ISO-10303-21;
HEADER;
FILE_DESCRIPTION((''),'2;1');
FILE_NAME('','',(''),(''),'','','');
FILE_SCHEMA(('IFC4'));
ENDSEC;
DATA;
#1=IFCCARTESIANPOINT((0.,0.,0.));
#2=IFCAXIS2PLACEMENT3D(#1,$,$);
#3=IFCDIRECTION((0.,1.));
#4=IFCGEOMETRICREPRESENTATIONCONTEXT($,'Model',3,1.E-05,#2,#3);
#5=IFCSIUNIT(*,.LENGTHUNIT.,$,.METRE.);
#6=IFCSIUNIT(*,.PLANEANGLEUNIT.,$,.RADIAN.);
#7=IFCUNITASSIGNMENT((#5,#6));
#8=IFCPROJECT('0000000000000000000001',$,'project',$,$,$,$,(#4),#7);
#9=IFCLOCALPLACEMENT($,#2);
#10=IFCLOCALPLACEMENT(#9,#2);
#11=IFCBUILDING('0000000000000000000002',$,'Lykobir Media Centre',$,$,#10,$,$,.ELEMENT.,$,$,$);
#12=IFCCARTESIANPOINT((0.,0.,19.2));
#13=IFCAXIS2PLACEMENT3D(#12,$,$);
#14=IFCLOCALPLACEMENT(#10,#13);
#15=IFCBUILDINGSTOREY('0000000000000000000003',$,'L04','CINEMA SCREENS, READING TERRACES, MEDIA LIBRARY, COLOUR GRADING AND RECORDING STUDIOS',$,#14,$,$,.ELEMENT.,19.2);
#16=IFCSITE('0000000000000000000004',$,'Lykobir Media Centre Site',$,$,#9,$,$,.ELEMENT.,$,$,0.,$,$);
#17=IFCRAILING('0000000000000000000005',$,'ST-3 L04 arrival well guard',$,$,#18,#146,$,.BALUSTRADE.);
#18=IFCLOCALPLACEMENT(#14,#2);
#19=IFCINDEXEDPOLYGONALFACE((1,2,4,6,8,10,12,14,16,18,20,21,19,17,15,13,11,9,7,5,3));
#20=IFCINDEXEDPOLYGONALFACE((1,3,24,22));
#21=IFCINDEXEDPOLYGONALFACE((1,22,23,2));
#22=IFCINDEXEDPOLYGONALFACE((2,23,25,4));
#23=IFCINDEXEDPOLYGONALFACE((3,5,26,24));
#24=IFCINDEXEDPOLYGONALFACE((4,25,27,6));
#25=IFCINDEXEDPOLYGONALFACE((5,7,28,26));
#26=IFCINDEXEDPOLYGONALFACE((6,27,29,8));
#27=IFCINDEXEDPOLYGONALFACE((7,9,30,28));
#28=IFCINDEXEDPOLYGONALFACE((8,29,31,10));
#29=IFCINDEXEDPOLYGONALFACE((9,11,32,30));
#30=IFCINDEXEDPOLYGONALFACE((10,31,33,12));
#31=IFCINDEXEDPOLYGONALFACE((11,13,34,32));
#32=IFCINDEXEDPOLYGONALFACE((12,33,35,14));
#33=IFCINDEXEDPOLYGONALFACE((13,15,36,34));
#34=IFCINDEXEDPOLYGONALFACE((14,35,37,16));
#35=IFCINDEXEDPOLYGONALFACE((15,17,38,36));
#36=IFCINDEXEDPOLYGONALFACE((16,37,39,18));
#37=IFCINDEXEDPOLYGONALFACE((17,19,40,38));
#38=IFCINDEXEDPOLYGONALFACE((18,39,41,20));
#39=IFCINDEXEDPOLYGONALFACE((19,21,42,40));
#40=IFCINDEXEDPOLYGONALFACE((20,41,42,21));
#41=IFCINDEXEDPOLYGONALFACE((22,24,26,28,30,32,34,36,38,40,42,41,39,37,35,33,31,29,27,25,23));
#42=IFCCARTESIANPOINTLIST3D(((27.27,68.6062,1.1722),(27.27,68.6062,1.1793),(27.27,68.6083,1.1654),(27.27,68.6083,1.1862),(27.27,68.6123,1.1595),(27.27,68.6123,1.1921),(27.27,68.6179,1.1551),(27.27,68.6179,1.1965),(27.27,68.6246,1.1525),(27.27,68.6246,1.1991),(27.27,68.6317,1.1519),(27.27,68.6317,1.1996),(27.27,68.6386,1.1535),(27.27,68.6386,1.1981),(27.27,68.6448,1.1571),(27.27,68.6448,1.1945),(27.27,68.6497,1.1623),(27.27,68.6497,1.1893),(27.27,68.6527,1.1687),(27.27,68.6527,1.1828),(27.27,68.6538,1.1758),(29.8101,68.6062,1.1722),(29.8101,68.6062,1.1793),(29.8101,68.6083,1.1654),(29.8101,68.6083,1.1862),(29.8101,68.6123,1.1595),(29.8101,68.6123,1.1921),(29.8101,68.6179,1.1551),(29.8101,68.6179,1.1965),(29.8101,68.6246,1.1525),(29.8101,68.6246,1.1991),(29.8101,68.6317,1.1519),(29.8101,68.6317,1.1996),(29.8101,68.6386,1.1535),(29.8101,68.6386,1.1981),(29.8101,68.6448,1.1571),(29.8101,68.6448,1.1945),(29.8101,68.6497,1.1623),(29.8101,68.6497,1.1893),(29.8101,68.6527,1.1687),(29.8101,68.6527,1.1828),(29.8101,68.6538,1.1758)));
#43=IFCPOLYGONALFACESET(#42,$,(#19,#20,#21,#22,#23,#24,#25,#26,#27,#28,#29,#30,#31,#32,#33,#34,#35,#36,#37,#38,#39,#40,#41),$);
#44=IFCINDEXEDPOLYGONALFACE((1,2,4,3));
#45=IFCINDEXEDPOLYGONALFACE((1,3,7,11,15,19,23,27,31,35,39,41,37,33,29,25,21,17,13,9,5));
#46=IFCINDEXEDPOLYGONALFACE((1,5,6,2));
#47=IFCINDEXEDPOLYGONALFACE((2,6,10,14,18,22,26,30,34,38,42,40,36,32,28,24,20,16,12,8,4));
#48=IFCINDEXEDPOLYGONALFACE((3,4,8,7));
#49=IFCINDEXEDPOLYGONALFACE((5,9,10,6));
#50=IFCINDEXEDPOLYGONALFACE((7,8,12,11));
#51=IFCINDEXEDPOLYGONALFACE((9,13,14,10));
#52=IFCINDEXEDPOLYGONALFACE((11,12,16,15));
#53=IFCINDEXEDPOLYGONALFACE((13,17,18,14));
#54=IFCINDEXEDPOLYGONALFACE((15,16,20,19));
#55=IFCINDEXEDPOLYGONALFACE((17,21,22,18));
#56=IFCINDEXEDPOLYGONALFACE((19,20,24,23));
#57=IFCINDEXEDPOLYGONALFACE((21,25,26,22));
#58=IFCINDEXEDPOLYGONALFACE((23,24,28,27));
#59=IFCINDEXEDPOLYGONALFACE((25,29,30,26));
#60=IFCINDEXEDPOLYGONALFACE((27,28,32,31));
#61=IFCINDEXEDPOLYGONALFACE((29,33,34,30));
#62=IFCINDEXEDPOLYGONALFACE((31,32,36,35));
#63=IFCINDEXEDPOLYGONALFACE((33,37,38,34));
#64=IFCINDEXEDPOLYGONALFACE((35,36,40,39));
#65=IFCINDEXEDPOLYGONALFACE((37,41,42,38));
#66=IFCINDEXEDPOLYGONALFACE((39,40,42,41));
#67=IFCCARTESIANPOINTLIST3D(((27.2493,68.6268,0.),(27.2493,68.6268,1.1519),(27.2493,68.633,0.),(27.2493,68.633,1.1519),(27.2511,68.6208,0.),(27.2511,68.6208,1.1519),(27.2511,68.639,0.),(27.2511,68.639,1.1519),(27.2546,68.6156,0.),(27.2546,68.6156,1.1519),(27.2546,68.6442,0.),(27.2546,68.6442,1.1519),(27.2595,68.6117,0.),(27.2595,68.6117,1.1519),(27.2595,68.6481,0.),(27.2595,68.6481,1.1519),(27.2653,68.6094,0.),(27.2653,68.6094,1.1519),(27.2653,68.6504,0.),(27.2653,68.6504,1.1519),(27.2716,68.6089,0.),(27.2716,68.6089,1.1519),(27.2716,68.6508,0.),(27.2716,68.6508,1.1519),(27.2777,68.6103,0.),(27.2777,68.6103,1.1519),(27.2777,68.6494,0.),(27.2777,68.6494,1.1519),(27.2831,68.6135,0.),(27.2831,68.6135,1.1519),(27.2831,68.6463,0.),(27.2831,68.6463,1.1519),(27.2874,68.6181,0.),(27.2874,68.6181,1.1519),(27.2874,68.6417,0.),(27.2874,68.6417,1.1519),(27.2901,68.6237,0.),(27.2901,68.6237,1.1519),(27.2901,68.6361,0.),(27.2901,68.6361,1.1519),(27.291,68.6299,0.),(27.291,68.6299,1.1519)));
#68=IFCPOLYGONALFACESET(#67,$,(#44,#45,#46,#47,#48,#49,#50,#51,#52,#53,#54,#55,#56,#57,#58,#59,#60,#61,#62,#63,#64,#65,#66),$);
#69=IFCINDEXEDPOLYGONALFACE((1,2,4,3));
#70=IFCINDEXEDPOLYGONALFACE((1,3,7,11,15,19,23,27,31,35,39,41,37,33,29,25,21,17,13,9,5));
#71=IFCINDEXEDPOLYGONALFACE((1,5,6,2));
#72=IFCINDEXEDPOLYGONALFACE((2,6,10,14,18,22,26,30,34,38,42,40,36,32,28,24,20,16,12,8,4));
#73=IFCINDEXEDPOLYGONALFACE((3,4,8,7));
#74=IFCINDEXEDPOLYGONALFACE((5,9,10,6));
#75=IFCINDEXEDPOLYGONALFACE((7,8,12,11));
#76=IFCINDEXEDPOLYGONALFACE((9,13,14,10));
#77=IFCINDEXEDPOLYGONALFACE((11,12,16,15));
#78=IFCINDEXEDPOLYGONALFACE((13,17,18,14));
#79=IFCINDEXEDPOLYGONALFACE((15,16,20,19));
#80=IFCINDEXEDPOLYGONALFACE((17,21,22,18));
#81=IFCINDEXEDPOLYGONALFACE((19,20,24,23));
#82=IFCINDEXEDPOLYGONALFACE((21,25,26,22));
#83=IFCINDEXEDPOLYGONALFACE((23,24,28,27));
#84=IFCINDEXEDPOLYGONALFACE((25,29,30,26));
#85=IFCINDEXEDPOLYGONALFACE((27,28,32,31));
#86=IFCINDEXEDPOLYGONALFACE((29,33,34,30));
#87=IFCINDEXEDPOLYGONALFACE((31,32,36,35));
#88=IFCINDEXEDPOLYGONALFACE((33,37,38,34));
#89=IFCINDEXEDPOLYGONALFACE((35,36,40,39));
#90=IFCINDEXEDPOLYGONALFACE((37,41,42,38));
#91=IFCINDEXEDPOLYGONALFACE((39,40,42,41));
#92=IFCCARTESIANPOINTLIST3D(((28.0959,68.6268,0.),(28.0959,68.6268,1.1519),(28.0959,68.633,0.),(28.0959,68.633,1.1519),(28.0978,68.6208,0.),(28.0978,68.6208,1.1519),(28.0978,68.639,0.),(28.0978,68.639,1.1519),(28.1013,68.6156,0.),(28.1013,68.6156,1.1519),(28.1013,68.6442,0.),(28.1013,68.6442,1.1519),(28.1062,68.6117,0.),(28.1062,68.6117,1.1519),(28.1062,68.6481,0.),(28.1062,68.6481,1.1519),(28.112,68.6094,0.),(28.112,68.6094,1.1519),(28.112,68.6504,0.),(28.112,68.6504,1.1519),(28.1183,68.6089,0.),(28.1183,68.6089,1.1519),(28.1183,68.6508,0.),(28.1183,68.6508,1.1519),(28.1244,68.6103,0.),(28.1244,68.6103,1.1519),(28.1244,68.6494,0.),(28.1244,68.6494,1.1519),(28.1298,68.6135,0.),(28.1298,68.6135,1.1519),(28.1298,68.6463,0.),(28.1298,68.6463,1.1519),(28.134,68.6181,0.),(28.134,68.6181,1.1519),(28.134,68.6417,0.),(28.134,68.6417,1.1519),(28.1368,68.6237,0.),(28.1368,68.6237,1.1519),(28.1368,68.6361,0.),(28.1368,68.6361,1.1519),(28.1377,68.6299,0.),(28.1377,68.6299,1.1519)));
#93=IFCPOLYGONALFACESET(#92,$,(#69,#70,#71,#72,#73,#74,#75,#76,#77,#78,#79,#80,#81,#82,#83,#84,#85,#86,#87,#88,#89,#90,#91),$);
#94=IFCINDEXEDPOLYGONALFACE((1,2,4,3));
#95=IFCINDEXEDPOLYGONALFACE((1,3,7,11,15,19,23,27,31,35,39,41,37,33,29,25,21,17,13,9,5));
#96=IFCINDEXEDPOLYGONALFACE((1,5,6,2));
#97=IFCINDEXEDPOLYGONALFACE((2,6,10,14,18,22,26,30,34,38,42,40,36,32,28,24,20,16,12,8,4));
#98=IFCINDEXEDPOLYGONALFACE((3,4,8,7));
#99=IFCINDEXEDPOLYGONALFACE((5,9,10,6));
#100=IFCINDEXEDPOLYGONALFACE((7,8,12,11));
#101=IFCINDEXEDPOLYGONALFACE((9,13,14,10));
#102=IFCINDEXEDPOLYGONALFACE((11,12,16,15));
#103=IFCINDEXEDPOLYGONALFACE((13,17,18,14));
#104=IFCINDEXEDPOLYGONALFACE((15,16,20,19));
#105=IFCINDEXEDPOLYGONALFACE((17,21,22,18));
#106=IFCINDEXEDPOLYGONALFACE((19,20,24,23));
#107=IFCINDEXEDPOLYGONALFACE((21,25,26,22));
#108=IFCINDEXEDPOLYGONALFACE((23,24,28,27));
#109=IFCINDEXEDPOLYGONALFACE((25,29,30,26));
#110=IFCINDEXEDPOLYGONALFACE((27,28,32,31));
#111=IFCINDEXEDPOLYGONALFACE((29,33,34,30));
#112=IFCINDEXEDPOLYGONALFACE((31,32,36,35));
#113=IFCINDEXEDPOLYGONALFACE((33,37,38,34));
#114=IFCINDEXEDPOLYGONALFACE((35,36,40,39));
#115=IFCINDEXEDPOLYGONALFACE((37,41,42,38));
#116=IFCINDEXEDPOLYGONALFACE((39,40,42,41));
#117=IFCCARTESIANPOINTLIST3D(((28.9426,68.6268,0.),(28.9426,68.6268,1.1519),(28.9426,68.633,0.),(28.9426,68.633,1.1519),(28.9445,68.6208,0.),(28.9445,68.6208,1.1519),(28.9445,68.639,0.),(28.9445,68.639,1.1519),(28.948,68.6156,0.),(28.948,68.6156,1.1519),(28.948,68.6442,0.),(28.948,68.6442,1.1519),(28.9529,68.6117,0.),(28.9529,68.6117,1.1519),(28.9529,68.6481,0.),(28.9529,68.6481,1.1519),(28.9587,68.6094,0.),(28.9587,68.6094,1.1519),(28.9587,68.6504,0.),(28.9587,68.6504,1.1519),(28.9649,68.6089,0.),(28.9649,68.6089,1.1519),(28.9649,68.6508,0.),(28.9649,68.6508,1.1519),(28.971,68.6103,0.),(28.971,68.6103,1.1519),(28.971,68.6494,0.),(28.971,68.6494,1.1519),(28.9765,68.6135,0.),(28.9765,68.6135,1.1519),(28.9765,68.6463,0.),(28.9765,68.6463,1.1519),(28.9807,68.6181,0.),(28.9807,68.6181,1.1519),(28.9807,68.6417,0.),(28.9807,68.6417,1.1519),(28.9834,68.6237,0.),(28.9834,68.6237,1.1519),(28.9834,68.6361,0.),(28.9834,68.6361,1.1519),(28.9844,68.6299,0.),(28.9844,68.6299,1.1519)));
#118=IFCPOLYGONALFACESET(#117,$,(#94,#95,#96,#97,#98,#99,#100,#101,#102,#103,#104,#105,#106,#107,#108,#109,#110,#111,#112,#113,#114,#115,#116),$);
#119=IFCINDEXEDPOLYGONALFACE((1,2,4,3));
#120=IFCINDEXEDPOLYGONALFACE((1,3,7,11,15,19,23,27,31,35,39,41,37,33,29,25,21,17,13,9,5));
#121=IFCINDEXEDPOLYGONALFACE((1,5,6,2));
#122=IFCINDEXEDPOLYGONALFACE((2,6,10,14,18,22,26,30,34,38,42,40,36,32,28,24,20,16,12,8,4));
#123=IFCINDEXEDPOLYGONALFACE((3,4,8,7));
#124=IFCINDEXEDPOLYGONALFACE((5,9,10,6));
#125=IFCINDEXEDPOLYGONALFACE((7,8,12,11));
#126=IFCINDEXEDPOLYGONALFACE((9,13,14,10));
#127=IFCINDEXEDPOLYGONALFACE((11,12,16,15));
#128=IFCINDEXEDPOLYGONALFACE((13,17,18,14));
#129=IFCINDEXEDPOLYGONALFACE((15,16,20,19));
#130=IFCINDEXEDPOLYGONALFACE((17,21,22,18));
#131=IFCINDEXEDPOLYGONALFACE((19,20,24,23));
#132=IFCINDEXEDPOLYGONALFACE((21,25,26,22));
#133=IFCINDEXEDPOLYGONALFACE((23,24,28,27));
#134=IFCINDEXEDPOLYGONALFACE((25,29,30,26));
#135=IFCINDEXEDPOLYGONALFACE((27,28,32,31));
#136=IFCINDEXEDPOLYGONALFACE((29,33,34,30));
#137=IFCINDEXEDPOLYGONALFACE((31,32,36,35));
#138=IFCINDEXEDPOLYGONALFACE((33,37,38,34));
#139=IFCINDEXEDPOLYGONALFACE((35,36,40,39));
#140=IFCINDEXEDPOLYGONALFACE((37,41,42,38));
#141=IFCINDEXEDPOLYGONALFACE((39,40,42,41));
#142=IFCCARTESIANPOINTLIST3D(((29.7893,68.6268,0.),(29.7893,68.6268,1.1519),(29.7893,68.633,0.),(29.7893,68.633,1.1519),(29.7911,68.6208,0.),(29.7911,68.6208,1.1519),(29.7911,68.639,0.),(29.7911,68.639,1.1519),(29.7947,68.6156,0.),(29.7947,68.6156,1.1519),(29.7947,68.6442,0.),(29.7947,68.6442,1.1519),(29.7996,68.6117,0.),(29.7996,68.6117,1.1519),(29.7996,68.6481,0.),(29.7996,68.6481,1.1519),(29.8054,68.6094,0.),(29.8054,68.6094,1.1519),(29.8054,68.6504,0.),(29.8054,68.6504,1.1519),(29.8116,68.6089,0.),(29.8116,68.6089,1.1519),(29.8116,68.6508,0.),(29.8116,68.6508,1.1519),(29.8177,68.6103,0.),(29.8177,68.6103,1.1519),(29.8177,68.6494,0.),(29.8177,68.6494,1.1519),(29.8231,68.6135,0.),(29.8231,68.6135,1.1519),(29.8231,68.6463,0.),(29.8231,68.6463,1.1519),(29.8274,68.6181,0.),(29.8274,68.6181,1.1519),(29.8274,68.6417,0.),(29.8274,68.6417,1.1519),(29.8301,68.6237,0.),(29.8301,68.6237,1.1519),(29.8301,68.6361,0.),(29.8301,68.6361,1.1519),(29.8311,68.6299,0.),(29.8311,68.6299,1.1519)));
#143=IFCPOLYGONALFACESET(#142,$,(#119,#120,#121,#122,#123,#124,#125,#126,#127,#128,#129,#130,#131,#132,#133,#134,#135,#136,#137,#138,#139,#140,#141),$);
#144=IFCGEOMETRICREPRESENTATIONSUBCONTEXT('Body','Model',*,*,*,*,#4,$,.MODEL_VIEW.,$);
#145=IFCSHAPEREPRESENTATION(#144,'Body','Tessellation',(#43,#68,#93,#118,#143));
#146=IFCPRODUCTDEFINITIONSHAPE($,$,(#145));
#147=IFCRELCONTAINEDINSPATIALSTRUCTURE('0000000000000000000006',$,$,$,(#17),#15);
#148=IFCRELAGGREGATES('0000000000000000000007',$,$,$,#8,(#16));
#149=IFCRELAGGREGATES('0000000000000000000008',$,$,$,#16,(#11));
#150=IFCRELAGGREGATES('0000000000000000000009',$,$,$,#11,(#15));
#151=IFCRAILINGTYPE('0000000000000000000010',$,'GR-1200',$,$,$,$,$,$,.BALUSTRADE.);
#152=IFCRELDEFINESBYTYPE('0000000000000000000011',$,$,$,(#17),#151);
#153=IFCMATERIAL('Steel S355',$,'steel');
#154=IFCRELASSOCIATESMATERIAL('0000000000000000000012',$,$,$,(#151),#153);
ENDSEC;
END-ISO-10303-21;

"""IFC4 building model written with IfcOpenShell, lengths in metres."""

from ifc_helpers import new_model, si_unit, direction, frame, origin, origin_2d, place, context, subcontext, project, spatial, circle, extrude, material, type_object, element, save


model = new_model("IFC4")

# Units and contexts
model_context = context("Model", 3, precision=1e-05, world=origin(), true_north=direction((0.0, 1.0)))
body_context = subcontext(model_context, "Body", "Model", "MODEL_VIEW")
ifc_project = project(units=[si_unit("LENGTHUNIT", "METRE"), si_unit("PLANEANGLEUNIT", "RADIAN")], contexts=[model_context])

# Site, building, storey
site_placement = place(None, origin())
site = spatial("IfcSite", under=ifc_project, at=site_placement, Name="Lykobir Media Centre Site", CompositionType="ELEMENT", RefElevation=0.0)
building_placement = place(site_placement, origin())
building = spatial("IfcBuilding", under=site, at=building_placement, Name="Lykobir Media Centre", CompositionType="ELEMENT")
storey_placement = place(building_placement, frame((0.0, 0.0, 19.2)))
storey = spatial("IfcBuildingStorey", under=building, at=storey_placement, Name="L04", Description="CINEMA SCREENS, READING TERRACES, MEDIA LIBRARY, COLOUR GRADING AND RECORDING STUDIOS", CompositionType="ELEMENT", Elevation=19.2)

# Shared definitions
ifc_material_1 = material(Name="Steel S355", Category="steel")

# Railing
railing_type_1 = type_object("IfcRailingType", Name="GR-1200", PredefinedType="BALUSTRADE", material=ifc_material_1)
railing_1_placement = place(storey_placement, frame((27.27, 68.6299, 0.0)))
element("IfcRailing", 1, at=railing_1_placement, inside=storey, type_object=railing_type_1, Name="ST-3 L04 arrival well guard", PredefinedType="BALUSTRADE", context=body_context, shape_type="SweptSolid", body=[
    extrude(circle(Radius=0.0239, at=origin_2d()), frame((0.0, 0.0, 1.1758), z_axis=(1.0, 0.0, 0.0), x_axis=(0.0, 1.0, 0.0)), (0.0, 0.0, 1.0), 2.54),
    extrude(circle(Radius=0.021, at=origin_2d()), origin(), (0.0, 0.0, 1.0), 1.1519),
    extrude(circle(Radius=0.021, at=origin_2d()), frame((0.8467, 0.0, 0.0)), (0.0, 0.0, 1.0), 1.1519),
    extrude(circle(Radius=0.021, at=origin_2d()), frame((1.6934, 0.0, 0.0)), (0.0, 0.0, 1.0), 1.1519),
    extrude(circle(Radius=0.021, at=origin_2d()), frame((2.54, 0.0, 0.0)), (0.0, 0.0, 1.0), 1.1519),
])

save(model, "model.ifc")
